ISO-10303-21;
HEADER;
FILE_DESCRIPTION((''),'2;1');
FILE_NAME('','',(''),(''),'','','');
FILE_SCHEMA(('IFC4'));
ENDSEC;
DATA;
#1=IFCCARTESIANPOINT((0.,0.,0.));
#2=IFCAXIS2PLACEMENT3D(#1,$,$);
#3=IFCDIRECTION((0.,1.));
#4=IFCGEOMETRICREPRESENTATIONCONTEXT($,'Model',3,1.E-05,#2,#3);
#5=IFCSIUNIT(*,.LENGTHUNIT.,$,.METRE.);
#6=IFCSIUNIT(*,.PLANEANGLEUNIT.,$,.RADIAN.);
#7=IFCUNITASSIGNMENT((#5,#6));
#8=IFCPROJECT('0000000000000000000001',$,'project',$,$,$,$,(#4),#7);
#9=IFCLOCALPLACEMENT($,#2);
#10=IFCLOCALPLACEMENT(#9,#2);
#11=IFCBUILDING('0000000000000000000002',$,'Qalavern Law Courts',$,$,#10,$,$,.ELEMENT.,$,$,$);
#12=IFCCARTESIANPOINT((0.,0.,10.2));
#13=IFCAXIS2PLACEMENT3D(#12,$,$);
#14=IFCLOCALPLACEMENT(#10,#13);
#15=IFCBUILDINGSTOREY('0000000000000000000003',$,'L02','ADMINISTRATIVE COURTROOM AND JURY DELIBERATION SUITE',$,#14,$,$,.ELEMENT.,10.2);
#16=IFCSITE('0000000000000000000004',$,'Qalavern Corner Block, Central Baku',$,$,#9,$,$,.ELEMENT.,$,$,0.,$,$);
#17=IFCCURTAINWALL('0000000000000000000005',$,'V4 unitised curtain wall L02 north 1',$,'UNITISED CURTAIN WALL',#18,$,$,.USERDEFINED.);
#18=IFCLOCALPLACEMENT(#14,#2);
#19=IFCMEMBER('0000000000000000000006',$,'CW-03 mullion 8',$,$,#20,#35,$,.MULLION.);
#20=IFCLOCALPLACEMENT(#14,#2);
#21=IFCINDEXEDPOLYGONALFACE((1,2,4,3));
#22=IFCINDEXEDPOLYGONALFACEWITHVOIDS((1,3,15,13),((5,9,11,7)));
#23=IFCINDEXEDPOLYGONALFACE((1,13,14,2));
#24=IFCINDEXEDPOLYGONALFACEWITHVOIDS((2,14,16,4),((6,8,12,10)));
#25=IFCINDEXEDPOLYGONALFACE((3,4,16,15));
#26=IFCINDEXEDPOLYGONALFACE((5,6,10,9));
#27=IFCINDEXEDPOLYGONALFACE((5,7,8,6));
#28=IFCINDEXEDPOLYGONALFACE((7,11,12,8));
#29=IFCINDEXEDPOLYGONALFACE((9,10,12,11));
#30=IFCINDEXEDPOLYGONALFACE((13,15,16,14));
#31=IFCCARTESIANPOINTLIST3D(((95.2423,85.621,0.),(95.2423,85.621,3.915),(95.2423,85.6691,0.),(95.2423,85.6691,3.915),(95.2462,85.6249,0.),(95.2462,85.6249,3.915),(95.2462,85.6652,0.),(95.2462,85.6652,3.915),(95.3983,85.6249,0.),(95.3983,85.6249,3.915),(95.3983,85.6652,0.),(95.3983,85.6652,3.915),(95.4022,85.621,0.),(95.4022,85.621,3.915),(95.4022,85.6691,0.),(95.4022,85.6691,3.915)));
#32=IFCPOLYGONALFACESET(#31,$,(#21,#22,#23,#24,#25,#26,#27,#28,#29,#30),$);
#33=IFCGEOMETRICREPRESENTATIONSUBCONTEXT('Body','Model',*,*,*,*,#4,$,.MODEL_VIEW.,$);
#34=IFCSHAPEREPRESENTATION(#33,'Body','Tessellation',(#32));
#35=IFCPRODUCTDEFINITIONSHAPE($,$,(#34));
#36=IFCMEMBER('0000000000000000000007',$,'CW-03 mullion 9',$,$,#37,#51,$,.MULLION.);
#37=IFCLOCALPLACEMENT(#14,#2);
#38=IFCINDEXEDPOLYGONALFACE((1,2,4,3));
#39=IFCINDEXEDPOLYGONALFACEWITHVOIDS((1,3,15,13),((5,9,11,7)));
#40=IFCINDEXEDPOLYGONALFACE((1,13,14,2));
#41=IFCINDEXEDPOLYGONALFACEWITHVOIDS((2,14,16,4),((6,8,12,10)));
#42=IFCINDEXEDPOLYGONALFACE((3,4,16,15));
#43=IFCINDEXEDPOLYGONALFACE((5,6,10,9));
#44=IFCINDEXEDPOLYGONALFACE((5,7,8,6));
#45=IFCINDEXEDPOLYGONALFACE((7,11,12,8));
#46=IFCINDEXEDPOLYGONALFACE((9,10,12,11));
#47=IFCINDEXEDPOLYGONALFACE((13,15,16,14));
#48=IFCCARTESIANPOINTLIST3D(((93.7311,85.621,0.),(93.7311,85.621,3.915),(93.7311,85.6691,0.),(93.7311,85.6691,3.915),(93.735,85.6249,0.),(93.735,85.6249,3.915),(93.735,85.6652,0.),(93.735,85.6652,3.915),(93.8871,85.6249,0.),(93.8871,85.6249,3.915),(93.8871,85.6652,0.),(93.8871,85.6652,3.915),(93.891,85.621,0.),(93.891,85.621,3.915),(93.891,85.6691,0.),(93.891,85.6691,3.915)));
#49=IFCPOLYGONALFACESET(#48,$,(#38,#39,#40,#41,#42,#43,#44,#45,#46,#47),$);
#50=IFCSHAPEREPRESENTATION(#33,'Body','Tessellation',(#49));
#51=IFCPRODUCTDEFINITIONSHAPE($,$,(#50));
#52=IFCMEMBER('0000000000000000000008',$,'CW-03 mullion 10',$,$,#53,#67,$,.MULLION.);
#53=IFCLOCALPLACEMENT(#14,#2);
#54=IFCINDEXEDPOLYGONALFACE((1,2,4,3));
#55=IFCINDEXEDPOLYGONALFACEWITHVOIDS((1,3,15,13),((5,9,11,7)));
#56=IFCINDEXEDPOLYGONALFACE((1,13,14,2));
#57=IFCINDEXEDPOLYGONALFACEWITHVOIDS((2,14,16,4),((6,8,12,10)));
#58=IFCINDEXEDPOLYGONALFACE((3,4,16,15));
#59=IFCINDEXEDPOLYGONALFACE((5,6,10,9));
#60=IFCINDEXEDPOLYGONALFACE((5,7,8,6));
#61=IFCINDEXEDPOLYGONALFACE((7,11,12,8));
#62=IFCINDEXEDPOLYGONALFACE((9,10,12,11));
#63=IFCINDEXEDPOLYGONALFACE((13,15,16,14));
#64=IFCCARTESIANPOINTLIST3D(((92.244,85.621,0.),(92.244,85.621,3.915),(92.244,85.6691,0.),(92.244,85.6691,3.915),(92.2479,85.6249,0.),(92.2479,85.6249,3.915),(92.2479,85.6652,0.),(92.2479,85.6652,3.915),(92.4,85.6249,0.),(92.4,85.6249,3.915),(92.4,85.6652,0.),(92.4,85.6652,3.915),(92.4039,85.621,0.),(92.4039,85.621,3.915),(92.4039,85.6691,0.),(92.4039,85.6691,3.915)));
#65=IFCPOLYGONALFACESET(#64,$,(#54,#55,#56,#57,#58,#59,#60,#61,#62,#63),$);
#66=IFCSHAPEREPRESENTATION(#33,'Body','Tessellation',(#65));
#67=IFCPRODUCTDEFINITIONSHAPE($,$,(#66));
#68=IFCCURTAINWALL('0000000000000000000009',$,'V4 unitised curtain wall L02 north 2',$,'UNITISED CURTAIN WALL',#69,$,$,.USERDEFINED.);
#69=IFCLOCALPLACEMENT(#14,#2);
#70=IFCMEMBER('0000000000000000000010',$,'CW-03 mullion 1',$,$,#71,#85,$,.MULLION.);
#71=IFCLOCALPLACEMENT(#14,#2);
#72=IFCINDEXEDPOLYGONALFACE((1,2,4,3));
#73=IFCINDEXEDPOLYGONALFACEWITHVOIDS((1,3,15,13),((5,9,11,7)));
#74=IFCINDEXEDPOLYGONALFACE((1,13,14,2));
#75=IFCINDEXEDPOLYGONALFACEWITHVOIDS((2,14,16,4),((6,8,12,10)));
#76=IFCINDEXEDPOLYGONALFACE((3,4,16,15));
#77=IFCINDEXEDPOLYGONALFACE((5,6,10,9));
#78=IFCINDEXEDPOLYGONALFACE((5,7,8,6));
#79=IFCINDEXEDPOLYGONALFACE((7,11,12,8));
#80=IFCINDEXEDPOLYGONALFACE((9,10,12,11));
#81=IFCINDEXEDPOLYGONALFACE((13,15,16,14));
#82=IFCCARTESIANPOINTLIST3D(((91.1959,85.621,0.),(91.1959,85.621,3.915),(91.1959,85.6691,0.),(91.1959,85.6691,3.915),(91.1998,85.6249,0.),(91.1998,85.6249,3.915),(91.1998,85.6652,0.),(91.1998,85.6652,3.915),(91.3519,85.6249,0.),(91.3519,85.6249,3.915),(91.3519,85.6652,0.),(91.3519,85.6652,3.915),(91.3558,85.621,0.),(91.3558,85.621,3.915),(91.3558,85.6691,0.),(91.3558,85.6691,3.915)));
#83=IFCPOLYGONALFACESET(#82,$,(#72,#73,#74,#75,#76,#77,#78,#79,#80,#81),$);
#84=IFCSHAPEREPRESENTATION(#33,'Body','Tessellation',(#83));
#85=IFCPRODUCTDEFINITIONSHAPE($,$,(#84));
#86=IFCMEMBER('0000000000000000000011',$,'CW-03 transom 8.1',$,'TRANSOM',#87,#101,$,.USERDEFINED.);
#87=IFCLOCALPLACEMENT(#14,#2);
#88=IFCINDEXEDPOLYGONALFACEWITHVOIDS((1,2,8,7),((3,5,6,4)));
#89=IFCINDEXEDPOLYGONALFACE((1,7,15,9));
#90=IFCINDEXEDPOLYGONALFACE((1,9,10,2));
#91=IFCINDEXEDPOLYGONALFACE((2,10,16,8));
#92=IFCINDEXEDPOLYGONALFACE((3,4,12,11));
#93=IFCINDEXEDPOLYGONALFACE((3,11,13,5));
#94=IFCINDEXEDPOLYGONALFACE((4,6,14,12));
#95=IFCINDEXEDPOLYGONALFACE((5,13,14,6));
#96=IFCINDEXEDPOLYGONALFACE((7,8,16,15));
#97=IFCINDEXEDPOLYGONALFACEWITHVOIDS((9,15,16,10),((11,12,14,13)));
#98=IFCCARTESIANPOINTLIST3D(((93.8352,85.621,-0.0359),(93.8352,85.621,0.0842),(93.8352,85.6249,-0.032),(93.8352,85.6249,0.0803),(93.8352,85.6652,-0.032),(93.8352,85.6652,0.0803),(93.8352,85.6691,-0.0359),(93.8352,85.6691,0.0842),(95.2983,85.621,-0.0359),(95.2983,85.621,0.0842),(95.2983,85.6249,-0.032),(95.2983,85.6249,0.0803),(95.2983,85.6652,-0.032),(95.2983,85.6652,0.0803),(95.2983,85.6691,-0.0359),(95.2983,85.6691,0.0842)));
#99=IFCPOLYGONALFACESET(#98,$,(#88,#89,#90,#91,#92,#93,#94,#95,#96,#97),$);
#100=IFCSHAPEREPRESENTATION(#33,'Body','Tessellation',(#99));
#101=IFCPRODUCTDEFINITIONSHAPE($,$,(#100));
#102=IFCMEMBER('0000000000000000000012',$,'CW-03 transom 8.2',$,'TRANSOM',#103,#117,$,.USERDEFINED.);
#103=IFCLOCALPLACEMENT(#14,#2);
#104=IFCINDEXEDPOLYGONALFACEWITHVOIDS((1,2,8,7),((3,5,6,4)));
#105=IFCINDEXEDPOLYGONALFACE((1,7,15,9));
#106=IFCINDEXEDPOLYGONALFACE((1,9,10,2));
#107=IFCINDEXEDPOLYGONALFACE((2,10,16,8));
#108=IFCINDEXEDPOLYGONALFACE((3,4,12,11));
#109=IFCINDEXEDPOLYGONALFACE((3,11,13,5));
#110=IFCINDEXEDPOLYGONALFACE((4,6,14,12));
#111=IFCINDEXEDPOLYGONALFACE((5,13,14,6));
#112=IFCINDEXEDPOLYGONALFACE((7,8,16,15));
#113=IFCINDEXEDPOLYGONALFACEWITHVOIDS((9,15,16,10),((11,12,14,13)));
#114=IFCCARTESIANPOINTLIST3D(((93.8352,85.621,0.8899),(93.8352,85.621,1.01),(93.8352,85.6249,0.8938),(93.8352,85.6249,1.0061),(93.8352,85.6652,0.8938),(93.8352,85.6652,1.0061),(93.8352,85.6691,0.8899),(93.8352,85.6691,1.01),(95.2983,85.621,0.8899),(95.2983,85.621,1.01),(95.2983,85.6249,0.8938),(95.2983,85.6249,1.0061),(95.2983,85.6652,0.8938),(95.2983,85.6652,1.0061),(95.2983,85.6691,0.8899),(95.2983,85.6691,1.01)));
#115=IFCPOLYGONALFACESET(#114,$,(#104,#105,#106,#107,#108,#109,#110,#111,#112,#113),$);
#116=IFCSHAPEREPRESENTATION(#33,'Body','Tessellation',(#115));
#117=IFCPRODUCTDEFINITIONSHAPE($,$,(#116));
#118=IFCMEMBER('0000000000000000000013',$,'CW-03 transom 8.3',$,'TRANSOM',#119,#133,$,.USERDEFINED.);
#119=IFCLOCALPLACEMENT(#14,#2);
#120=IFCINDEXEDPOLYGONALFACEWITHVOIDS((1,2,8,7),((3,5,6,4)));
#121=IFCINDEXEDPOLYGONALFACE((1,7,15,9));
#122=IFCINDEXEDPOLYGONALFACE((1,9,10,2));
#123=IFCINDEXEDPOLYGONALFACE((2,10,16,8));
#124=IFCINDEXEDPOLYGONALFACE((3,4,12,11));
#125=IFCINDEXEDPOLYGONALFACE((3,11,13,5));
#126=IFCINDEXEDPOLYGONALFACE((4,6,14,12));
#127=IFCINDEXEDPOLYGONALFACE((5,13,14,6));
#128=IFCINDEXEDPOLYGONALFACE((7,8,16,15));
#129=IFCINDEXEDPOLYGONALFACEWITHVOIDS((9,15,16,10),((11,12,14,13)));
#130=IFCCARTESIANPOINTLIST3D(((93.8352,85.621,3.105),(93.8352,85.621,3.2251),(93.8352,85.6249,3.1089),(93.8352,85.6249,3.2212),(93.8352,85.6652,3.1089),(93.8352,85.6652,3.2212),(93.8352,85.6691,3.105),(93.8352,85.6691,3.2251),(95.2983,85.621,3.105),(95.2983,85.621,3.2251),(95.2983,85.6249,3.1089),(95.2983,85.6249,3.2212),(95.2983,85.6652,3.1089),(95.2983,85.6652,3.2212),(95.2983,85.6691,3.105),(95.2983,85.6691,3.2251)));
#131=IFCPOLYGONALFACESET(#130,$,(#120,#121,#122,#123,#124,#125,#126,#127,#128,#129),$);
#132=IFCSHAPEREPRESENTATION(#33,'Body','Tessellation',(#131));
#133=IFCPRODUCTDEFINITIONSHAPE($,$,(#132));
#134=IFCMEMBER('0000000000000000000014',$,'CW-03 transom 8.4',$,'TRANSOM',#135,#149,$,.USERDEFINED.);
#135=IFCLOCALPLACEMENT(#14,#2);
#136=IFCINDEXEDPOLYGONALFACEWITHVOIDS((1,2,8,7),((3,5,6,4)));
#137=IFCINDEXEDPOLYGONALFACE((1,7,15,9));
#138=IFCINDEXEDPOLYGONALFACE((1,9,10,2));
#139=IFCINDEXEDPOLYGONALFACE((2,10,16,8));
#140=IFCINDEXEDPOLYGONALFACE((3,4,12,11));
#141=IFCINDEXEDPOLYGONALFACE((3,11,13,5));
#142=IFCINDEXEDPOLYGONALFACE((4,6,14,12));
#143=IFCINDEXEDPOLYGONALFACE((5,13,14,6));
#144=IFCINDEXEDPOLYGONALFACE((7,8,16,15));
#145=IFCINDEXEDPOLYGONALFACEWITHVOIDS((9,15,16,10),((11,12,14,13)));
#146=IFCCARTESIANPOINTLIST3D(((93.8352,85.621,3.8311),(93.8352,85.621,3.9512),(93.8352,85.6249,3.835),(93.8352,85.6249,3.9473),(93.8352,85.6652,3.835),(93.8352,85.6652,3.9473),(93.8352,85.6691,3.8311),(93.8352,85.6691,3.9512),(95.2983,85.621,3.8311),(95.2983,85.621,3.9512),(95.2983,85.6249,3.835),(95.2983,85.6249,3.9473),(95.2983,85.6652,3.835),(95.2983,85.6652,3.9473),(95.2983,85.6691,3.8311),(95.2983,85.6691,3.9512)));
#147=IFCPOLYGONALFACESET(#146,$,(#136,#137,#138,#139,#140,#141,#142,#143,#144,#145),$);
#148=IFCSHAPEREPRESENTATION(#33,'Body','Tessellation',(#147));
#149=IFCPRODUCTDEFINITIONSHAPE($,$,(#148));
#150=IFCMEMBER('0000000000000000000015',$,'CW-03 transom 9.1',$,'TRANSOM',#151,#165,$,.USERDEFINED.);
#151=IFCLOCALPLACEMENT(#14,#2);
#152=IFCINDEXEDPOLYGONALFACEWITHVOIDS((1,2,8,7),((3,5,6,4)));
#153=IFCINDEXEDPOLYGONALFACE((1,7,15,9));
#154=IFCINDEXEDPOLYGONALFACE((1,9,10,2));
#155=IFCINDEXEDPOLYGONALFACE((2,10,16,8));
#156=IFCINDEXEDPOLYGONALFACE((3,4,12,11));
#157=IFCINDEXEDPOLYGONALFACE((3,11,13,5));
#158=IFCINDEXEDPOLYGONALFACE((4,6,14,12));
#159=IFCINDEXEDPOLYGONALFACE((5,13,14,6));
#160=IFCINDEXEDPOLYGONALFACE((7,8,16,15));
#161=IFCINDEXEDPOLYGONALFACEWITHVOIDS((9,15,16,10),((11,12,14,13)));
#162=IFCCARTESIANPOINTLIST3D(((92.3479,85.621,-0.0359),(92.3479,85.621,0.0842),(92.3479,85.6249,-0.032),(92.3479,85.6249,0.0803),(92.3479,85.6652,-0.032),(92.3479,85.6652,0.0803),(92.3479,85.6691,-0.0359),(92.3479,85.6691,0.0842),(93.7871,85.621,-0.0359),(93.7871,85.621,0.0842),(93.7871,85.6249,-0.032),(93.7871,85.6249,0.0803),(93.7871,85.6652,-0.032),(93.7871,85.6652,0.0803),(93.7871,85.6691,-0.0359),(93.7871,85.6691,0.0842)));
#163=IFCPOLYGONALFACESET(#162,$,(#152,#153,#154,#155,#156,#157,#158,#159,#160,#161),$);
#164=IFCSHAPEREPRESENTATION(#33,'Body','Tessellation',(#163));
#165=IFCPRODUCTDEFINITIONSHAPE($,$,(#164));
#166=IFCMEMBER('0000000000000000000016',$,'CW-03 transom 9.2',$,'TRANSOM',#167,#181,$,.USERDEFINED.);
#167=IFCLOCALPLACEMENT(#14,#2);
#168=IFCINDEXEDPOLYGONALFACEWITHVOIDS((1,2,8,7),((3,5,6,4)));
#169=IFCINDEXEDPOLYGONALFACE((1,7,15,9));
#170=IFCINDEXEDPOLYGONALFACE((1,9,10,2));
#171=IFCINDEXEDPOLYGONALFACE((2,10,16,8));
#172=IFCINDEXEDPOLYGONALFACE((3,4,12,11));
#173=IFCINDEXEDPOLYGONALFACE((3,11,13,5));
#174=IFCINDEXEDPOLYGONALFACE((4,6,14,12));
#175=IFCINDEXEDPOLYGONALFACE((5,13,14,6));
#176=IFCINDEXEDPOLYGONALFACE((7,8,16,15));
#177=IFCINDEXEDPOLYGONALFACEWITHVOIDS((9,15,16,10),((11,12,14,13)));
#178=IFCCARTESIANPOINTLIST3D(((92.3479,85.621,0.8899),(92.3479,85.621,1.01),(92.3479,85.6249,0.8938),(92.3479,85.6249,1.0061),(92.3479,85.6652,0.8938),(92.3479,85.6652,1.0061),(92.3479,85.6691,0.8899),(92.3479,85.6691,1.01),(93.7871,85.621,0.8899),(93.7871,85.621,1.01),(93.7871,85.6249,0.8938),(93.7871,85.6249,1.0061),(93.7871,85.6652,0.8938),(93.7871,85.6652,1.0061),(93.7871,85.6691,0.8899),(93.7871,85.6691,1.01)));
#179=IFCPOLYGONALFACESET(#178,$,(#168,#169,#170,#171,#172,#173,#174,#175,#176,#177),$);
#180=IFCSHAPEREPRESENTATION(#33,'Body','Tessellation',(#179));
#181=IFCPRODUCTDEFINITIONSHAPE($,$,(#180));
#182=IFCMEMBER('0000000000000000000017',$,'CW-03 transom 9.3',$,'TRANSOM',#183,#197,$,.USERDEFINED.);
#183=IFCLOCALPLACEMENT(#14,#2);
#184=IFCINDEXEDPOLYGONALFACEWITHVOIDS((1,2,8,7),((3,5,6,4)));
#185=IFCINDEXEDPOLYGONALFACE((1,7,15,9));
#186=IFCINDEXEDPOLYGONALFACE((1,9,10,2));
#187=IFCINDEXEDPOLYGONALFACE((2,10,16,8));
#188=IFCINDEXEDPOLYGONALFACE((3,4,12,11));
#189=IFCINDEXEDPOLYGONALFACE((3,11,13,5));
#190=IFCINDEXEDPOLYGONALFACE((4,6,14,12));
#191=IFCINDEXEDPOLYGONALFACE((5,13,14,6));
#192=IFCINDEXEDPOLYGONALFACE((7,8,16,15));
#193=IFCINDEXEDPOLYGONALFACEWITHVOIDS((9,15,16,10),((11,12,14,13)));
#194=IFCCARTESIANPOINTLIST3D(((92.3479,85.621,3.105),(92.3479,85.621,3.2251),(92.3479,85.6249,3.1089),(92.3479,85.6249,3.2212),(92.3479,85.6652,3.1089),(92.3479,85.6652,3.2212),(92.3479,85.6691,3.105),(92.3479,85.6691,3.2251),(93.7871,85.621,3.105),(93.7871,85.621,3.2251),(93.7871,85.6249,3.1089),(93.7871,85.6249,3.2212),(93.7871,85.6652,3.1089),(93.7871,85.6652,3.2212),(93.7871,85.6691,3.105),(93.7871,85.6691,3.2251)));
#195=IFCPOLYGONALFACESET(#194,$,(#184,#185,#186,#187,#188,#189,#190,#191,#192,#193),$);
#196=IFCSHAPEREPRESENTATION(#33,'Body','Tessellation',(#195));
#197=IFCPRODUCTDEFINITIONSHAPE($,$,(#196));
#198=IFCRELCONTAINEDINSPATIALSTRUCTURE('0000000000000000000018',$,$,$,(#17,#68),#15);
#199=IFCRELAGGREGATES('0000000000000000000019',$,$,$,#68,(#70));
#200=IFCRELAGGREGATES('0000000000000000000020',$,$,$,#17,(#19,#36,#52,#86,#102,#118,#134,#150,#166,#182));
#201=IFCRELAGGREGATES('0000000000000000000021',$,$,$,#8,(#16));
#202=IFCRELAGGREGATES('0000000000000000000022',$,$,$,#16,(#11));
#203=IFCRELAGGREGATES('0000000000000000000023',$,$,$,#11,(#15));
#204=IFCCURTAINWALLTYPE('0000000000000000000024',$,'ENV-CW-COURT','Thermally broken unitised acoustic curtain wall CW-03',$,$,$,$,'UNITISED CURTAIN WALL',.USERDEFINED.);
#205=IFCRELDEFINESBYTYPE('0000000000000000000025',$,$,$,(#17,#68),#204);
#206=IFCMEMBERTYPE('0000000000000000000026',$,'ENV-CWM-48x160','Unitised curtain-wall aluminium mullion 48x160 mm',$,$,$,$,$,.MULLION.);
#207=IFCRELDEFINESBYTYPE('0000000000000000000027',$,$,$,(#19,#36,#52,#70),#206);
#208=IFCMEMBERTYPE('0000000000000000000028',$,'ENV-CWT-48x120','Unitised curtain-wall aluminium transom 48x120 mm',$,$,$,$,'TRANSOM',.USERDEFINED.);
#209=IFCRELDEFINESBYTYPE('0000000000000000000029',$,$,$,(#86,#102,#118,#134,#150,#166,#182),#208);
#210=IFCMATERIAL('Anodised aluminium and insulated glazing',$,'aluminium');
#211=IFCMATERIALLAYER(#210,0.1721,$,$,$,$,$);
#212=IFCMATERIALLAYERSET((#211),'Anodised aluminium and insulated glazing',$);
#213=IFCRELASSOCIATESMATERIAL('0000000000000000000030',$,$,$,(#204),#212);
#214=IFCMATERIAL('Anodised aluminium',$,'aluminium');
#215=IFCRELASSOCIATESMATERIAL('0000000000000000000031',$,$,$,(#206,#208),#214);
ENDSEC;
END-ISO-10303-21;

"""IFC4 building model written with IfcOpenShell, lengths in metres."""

from ifc_helpers import new_model, si_unit, direction, frame, origin, origin_2d, place, context, subcontext, project, spatial, hollow_rectangle, extrude, material, layer, layer_set, material_profile, profile_set, type_object, element, aggregate, save


model = new_model("IFC4")

# Units and contexts
model_context = context("Model", 3, precision=1e-05, world=origin(), true_north=direction((0.0, 1.0)))
body_context = subcontext(model_context, "Body", "Model", "MODEL_VIEW")
ifc_project = project(units=[si_unit("LENGTHUNIT", "METRE"), si_unit("PLANEANGLEUNIT", "RADIAN")], contexts=[model_context])

# Site, building, storey
site_placement = place(None, origin())
site = spatial("IfcSite", under=ifc_project, at=site_placement, Name="Qalavern Corner Block, Central Baku", CompositionType="ELEMENT", RefElevation=0.0)
building_placement = place(site_placement, origin())
building = spatial("IfcBuilding", under=site, at=building_placement, Name="Qalavern Law Courts", CompositionType="ELEMENT")
storey_placement = place(building_placement, frame((0.0, 0.0, 10.2)))
storey = spatial("IfcBuildingStorey", under=building, at=storey_placement, Name="L02", Description="ADMINISTRATIVE COURTROOM AND JURY DELIBERATION SUITE", CompositionType="ELEMENT", Elevation=10.2)

# Curtain wall, members
ifc_material_1 = material(Name="Anodised aluminium and insulated glazing", Category="aluminium")
ifc_layer_1 = layer(ifc_material_1, 0.1721)
ifc_layer_set_1 = layer_set([ifc_layer_1], Name="Anodised aluminium and insulated glazing")
curtain_wall_type = type_object("IfcCurtainWallType", Name="ENV-CW-COURT", Description="Thermally broken unitised acoustic curtain wall CW-03", ElementType="UNITISED CURTAIN WALL", PredefinedType="USERDEFINED", material=ifc_layer_set_1)
curtain_wall_1_placement = place(storey_placement, origin())
curtain_wall_1 = element("IfcCurtainWall", 1, at=curtain_wall_1_placement, inside=storey, type_object=curtain_wall_type, Name="V4 unitised curtain wall L02 north 1", ObjectType="UNITISED CURTAIN WALL", PredefinedType="USERDEFINED")
ifc_material_2 = material(Name="Anodised aluminium", Category="aluminium")
ifc_material_profile_1 = material_profile(ifc_material_2, hollow_rectangle(XDim=0.0481, YDim=0.1599, WallThickness=0.0039, at=origin_2d()), Name="ALU MULLION 48x160")
ifc_profile_set_1 = profile_set([ifc_material_profile_1], Name="Anodised aluminium")
member_type_1 = type_object("IfcMemberType", Name="ENV-CWM-48x160", Description="Unitised curtain-wall aluminium mullion 48x160 mm", PredefinedType="MULLION", material=ifc_profile_set_1)
member_1_placement = place(storey_placement, frame((95.3223, 85.645, 0.0), z_axis=(0.0, 0.0, 1.0), x_axis=(0.0, -1.0, 0.0)))
member_1 = element("IfcMember", 2, at=member_1_placement, type_object=member_type_1, Name="CW-03 mullion 8", PredefinedType="MULLION", context=body_context, shape_type="SweptSolid", body=[
    extrude(hollow_rectangle(XDim=0.0481, YDim=0.1599, WallThickness=0.0039, at=origin_2d()), origin(), (0.0, 0.0, 1.0), 3.915),
])
member_2_placement = place(storey_placement, frame((93.811, 85.645, 0.0), z_axis=(0.0, 0.0, 1.0), x_axis=(0.0, -1.0, 0.0)))
member_2 = element("IfcMember", 3, at=member_2_placement, type_object=member_type_1, Name="CW-03 mullion 9", PredefinedType="MULLION", context=body_context, shape_type="SweptSolid", body=[
    extrude(hollow_rectangle(XDim=0.0481, YDim=0.1599, WallThickness=0.0039, at=origin_2d()), origin(), (0.0, 0.0, 1.0), 3.915),
])
member_3_placement = place(storey_placement, frame((92.324, 85.645, 0.0), z_axis=(0.0, 0.0, 1.0), x_axis=(0.0, -1.0, 0.0)))
member_3 = element("IfcMember", 4, at=member_3_placement, type_object=member_type_1, Name="CW-03 mullion 10", PredefinedType="MULLION", context=body_context, shape_type="SweptSolid", body=[
    extrude(hollow_rectangle(XDim=0.0481, YDim=0.1599, WallThickness=0.0039, at=origin_2d()), origin(), (0.0, 0.0, 1.0), 3.915),
])

# Curtain wall, member
curtain_wall_2_placement = place(storey_placement, origin())
curtain_wall_2 = element("IfcCurtainWall", 5, at=curtain_wall_2_placement, inside=storey, type_object=curtain_wall_type, Name="V4 unitised curtain wall L02 north 2", ObjectType="UNITISED CURTAIN WALL", PredefinedType="USERDEFINED")
member_4_placement = place(storey_placement, frame((91.2759, 85.645, 0.0), z_axis=(0.0, 0.0, 1.0), x_axis=(0.0, -1.0, 0.0)))
member_4 = element("IfcMember", 6, at=member_4_placement, type_object=member_type_1, Name="CW-03 mullion 1", PredefinedType="MULLION", context=body_context, shape_type="SweptSolid", body=[
    extrude(hollow_rectangle(XDim=0.0481, YDim=0.1599, WallThickness=0.0039, at=origin_2d()), origin(), (0.0, 0.0, 1.0), 3.915),
])

# Members
ifc_material_profile_2 = material_profile(ifc_material_2, hollow_rectangle(XDim=0.0481, YDim=0.1201, WallThickness=0.0039, at=origin_2d()), Name="ALU TRANSOM 48x120")
ifc_profile_set_2 = profile_set([ifc_material_profile_2], Name="Anodised aluminium")
member_type_2 = type_object("IfcMemberType", Name="ENV-CWT-48x120", Description="Unitised curtain-wall aluminium transom 48x120 mm", ElementType="TRANSOM", PredefinedType="USERDEFINED", material=ifc_profile_set_2)
member_5_placement = place(storey_placement, frame((95.2983, 85.645, 0.0242), z_axis=(-1.0, 0.0, 0.0), x_axis=(0.0, -1.0, 0.0)))
member_5 = element("IfcMember", 7, at=member_5_placement, type_object=member_type_2, Name="CW-03 transom 8.1", ObjectType="TRANSOM", PredefinedType="USERDEFINED", context=body_context, shape_type="SweptSolid", body=[
    extrude(hollow_rectangle(XDim=0.0481, YDim=0.1201, WallThickness=0.0039, at=origin_2d()), origin(), (0.0, 0.0, 1.0), 1.4631),
])
member_6_placement = place(storey_placement, frame((95.2983, 85.645, 0.95), z_axis=(-1.0, 0.0, 0.0), x_axis=(0.0, -1.0, 0.0)))
member_6 = element("IfcMember", 8, at=member_6_placement, type_object=member_type_2, Name="CW-03 transom 8.2", ObjectType="TRANSOM", PredefinedType="USERDEFINED", context=body_context, shape_type="SweptSolid", body=[
    extrude(hollow_rectangle(XDim=0.0481, YDim=0.1201, WallThickness=0.0039, at=origin_2d()), origin(), (0.0, 0.0, 1.0), 1.4631),
])
member_7_placement = place(storey_placement, frame((95.2983, 85.645, 3.165), z_axis=(-1.0, 0.0, 0.0), x_axis=(0.0, -1.0, 0.0)))
member_7 = element("IfcMember", 9, at=member_7_placement, type_object=member_type_2, Name="CW-03 transom 8.3", ObjectType="TRANSOM", PredefinedType="USERDEFINED", context=body_context, shape_type="SweptSolid", body=[
    extrude(hollow_rectangle(XDim=0.0481, YDim=0.1201, WallThickness=0.0039, at=origin_2d()), origin(), (0.0, 0.0, 1.0), 1.4631),
])
member_8_placement = place(storey_placement, frame((95.2983, 85.645, 3.8911), z_axis=(-1.0, 0.0, 0.0), x_axis=(0.0, -1.0, 0.0)))
member_8 = element("IfcMember", 10, at=member_8_placement, type_object=member_type_2, Name="CW-03 transom 8.4", ObjectType="TRANSOM", PredefinedType="USERDEFINED", context=body_context, shape_type="SweptSolid", body=[
    extrude(hollow_rectangle(XDim=0.0481, YDim=0.1201, WallThickness=0.0039, at=origin_2d()), origin(), (0.0, 0.0, 1.0), 1.4631),
])
member_9_placement = place(storey_placement, frame((93.7871, 85.645, 0.0242), z_axis=(-1.0, 0.0, 0.0), x_axis=(0.0, -1.0, 0.0)))
member_9 = element("IfcMember", 11, at=member_9_placement, type_object=member_type_2, Name="CW-03 transom 9.1", ObjectType="TRANSOM", PredefinedType="USERDEFINED", context=body_context, shape_type="SweptSolid", body=[
    extrude(hollow_rectangle(XDim=0.0481, YDim=0.1201, WallThickness=0.0039, at=origin_2d()), origin(), (0.0, 0.0, 1.0), 1.4392),
])
member_10_placement = place(storey_placement, frame((93.7871, 85.645, 0.95), z_axis=(-1.0, 0.0, 0.0), x_axis=(0.0, -1.0, 0.0)))
member_10 = element("IfcMember", 12, at=member_10_placement, type_object=member_type_2, Name="CW-03 transom 9.2", ObjectType="TRANSOM", PredefinedType="USERDEFINED", context=body_context, shape_type="SweptSolid", body=[
    extrude(hollow_rectangle(XDim=0.0481, YDim=0.1201, WallThickness=0.0039, at=origin_2d()), origin(), (0.0, 0.0, 1.0), 1.4392),
])
member_11_placement = place(storey_placement, frame((93.7871, 85.645, 3.165), z_axis=(-1.0, 0.0, 0.0), x_axis=(0.0, -1.0, 0.0)))
member_11 = element("IfcMember", 13, at=member_11_placement, type_object=member_type_2, Name="CW-03 transom 9.3", ObjectType="TRANSOM", PredefinedType="USERDEFINED", context=body_context, shape_type="SweptSolid", body=[
    extrude(hollow_rectangle(XDim=0.0481, YDim=0.1201, WallThickness=0.0039, at=origin_2d()), origin(), (0.0, 0.0, 1.0), 1.4392),
])
aggregate(curtain_wall_2, [member_4])

aggregate(curtain_wall_1, [member_1, member_2, member_3, member_5, member_6, member_7, member_8, member_9, member_10, member_11])

save(model, "model.ifc")
